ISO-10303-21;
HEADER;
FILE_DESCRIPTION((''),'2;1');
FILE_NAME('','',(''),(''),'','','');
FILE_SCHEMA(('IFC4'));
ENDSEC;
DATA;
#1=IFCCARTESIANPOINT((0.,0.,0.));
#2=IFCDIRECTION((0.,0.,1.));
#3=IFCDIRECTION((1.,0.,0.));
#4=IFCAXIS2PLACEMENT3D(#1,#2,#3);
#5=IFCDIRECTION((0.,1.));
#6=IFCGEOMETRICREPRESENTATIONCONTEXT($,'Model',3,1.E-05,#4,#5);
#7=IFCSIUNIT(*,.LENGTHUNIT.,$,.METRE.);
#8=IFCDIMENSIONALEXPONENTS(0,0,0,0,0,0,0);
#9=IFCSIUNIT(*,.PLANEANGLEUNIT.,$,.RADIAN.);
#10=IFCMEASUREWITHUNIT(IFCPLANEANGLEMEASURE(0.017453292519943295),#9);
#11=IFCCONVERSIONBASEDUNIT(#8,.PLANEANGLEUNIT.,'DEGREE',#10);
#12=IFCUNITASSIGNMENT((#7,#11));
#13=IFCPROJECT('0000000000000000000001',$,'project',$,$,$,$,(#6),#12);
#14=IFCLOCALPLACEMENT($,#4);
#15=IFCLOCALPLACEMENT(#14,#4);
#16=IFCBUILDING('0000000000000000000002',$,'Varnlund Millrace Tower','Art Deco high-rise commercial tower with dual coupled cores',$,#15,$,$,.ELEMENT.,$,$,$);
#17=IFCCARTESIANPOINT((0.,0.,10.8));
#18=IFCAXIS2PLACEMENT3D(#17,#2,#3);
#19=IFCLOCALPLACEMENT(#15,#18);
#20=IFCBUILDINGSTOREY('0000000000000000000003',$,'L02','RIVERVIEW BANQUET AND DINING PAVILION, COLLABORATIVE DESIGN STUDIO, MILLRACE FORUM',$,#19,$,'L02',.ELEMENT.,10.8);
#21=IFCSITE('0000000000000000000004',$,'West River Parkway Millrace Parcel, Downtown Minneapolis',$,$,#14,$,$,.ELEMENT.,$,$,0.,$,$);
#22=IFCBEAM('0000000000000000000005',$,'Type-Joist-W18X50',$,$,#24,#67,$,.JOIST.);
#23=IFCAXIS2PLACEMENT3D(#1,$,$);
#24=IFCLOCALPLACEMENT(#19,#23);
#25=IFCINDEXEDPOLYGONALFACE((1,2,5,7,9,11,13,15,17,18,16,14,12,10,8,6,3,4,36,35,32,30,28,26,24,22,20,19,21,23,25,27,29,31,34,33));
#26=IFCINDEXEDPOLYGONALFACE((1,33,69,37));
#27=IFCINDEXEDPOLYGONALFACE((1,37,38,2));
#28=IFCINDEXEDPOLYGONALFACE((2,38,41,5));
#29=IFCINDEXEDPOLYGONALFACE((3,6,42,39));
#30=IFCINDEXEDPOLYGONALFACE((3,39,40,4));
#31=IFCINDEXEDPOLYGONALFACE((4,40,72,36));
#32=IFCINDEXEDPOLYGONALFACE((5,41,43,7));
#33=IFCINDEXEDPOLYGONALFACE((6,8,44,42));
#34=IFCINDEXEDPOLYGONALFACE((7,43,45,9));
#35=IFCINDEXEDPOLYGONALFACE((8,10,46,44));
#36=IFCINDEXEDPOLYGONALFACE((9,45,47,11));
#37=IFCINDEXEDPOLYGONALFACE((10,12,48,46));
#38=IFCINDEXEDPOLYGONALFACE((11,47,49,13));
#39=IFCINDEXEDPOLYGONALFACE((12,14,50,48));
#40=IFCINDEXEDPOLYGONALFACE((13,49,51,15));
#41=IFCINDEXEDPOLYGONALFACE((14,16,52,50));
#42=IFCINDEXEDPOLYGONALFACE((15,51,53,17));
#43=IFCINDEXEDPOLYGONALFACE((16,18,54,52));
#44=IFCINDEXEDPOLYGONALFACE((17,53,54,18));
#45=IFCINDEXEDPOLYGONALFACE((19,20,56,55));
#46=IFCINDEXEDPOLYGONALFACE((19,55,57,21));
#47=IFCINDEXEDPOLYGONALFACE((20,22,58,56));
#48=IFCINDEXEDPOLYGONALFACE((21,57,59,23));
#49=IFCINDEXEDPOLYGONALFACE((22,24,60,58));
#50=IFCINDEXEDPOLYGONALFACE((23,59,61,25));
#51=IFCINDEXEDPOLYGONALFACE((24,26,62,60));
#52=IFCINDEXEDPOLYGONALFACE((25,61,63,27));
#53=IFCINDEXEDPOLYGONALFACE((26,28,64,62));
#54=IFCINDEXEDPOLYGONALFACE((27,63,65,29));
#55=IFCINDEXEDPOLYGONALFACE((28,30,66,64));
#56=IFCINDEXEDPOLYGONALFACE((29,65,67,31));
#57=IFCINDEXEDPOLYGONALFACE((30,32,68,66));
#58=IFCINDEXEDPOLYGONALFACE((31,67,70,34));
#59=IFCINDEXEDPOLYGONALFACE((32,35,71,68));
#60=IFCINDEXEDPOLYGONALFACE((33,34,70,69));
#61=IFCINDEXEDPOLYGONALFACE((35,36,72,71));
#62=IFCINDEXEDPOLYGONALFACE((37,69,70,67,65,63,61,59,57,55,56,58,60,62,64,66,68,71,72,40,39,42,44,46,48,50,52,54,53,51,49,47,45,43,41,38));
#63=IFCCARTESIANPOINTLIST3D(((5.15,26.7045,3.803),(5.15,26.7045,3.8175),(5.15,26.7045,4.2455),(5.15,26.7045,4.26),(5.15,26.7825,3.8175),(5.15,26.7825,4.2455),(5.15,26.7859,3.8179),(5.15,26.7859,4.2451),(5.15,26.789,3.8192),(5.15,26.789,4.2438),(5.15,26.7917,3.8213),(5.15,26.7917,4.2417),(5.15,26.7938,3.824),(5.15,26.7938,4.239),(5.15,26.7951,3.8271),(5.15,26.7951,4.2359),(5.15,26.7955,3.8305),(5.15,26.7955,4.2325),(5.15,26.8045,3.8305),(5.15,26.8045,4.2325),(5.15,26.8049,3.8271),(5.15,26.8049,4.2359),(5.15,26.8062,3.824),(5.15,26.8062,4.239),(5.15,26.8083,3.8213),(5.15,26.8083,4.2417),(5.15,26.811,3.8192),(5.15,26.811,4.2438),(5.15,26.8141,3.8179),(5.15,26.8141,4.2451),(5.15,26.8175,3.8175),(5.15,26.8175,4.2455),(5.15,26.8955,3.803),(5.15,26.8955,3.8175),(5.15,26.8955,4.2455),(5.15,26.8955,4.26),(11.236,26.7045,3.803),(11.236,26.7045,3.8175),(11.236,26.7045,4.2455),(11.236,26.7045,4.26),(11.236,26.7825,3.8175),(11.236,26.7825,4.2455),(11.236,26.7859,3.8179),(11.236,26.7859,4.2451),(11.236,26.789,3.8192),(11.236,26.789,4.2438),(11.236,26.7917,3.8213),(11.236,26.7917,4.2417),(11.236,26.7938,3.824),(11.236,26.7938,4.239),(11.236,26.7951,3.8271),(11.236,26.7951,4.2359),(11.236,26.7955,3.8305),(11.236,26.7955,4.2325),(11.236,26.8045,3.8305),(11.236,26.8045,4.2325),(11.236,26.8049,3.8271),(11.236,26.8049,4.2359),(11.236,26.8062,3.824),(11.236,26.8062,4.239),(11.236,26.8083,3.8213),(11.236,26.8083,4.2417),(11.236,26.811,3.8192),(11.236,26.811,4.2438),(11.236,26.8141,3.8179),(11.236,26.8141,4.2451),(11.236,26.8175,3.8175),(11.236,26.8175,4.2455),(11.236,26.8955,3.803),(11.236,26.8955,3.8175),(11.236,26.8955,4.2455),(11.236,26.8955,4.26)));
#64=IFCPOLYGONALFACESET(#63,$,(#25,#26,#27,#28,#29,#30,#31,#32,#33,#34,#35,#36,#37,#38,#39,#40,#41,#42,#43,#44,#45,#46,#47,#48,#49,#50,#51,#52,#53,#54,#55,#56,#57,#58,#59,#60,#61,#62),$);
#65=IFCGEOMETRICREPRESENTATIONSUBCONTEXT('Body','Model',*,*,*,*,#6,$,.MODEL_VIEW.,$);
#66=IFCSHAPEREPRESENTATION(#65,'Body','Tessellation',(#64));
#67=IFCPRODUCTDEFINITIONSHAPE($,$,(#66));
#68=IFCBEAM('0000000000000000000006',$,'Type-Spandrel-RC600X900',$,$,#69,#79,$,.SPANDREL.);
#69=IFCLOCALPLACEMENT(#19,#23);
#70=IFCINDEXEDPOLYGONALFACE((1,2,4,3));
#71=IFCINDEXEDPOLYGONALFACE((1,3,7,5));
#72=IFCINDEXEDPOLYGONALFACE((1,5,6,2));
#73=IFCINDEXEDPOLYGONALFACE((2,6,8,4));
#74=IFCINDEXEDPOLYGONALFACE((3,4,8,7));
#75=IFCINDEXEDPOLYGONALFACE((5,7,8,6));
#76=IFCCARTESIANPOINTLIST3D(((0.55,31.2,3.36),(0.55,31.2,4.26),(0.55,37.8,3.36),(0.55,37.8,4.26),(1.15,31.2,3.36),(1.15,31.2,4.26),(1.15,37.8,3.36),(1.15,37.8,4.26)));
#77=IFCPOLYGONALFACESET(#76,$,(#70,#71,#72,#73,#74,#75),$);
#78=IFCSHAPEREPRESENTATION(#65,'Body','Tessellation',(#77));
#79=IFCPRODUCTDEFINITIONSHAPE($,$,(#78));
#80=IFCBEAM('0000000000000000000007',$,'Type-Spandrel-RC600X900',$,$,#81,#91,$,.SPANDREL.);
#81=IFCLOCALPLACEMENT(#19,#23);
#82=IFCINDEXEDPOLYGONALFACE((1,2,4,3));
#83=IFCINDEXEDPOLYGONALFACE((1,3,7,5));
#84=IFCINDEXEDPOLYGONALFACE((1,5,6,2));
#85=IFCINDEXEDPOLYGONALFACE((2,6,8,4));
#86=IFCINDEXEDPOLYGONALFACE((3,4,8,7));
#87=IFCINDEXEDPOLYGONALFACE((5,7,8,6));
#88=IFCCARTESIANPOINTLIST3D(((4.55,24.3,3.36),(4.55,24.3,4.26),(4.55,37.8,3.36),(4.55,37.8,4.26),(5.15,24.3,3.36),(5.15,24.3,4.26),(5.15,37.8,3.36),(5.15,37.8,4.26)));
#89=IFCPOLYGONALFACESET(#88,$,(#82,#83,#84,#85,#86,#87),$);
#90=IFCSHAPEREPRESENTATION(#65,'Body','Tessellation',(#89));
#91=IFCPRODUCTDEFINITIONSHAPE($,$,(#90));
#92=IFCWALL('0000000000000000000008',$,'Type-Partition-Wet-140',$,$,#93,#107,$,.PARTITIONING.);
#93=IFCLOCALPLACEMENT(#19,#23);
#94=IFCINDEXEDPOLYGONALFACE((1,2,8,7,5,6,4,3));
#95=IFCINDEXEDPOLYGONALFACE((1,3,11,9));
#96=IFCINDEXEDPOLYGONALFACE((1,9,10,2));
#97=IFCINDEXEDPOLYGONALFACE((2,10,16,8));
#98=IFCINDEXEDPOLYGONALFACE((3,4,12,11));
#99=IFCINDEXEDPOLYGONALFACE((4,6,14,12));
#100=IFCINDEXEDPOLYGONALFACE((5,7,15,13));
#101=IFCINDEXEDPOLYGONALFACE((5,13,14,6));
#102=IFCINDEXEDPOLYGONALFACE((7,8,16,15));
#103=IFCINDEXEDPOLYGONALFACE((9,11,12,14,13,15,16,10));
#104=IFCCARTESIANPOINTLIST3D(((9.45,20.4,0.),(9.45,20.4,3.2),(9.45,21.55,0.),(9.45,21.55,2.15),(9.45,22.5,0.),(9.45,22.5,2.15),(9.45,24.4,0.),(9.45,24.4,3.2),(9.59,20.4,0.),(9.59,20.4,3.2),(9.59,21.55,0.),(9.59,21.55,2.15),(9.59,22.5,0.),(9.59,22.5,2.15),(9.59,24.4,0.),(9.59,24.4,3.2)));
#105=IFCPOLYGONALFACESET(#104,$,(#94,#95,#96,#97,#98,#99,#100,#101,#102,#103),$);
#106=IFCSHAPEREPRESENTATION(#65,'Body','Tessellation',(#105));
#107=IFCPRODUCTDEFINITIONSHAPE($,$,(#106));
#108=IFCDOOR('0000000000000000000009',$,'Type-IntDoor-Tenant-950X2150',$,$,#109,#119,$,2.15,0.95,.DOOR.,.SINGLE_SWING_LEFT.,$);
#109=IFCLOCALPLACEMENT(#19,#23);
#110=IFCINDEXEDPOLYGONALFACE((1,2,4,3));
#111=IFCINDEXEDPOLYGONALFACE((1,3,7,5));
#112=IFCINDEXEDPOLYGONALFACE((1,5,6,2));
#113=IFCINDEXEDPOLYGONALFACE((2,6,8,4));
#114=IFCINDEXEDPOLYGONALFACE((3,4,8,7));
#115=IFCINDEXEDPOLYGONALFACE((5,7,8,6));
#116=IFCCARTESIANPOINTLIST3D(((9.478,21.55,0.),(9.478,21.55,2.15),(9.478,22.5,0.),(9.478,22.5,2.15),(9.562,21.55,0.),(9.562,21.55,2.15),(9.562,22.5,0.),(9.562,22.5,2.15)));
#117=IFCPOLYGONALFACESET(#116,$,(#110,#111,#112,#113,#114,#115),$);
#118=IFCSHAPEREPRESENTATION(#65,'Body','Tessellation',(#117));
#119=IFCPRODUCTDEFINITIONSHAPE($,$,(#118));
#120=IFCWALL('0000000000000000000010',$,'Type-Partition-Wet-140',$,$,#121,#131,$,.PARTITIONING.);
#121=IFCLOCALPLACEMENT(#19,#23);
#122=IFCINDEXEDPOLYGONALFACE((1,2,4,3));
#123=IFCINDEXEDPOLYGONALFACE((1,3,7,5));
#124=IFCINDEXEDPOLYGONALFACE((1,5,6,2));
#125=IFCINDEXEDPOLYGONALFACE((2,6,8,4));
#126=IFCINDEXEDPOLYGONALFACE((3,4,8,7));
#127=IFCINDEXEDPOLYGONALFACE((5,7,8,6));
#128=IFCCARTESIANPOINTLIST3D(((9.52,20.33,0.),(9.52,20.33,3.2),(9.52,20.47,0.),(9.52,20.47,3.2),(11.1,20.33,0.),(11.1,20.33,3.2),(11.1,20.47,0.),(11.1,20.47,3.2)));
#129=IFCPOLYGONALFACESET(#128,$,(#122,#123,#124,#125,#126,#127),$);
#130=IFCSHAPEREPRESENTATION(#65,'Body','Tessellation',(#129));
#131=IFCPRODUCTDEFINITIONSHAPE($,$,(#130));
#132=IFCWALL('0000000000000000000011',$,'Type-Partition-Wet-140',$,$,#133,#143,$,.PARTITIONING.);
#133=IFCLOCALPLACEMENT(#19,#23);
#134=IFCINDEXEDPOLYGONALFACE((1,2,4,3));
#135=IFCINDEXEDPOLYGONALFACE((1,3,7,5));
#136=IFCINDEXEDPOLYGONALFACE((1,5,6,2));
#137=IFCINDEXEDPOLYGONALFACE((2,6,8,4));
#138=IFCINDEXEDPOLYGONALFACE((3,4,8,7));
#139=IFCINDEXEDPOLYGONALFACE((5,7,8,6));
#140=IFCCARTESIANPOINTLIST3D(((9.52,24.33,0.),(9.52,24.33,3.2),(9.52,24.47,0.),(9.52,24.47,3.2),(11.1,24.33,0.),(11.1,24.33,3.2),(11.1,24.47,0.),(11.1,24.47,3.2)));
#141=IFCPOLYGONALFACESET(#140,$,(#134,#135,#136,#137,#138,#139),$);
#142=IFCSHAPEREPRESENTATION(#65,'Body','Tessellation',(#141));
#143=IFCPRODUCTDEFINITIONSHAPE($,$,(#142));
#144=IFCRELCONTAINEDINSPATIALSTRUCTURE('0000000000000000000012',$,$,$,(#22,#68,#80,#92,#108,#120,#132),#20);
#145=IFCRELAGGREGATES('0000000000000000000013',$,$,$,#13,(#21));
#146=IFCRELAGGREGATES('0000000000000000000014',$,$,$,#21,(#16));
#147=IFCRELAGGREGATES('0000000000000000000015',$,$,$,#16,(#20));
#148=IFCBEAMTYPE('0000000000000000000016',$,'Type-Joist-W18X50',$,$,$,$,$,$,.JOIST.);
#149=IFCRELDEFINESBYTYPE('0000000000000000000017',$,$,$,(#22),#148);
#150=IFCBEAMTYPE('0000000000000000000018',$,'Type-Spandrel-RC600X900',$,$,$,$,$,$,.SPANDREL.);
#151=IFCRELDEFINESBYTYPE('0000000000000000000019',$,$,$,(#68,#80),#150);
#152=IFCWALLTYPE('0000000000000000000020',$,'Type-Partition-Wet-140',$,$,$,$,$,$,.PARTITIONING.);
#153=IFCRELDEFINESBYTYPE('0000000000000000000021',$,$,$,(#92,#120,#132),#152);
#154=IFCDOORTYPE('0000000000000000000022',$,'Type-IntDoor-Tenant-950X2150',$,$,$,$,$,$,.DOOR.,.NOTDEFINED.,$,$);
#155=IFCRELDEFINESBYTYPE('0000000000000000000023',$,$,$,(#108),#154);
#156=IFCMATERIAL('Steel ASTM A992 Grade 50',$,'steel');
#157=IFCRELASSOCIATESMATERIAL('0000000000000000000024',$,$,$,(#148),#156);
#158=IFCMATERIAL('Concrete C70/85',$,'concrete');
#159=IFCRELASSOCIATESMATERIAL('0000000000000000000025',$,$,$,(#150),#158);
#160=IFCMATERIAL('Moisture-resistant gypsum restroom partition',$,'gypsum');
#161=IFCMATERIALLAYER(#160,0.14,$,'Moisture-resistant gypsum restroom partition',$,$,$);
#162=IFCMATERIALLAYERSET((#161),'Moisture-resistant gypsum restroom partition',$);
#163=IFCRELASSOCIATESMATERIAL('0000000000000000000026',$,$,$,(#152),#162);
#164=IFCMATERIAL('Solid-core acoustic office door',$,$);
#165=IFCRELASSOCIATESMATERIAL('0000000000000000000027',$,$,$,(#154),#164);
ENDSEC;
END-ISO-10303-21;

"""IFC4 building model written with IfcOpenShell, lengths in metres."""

from ifc_helpers import new_model, entity, si_unit, converted_unit, direction, frame, origin_with_axes, origin_2d_with_axis, place, context, subcontext, project, spatial, polyline, rectangle, i_section, outline, extrude, material, layer, layer_set, material_profile, profile_set, type_object, element, fill, save


model = new_model("IFC4")

# Units and contexts
model_context = context("Model", 3, precision=1e-05, world=origin_with_axes(), true_north=direction((0.0, 1.0)))
body_context = subcontext(model_context, "Body", "Model", "MODEL_VIEW")
ifc_project = project(units=[si_unit("LENGTHUNIT", "METRE"), converted_unit("PLANEANGLEUNIT", "DEGREE", entity("IfcPlaneAngleMeasure", 0.017453292519943295), si_unit("PLANEANGLEUNIT", "RADIAN"), dimensions=[0, 0, 0, 0, 0, 0, 0])], contexts=[model_context])

# Site, building, storey
site_placement = place(None, origin_with_axes())
site = spatial("IfcSite", under=ifc_project, at=site_placement, Name="West River Parkway Millrace Parcel, Downtown Minneapolis", CompositionType="ELEMENT", RefElevation=0.0)
building_placement = place(site_placement, origin_with_axes())
building = spatial("IfcBuilding", under=site, at=building_placement, Name="Varnlund Millrace Tower", Description="Art Deco high-rise commercial tower with dual coupled cores", CompositionType="ELEMENT")
storey_placement = place(building_placement, frame((0.0, 0.0, 10.8), z_axis=(0.0, 0.0, 1.0), x_axis=(1.0, 0.0, 0.0)))
storey = spatial("IfcBuildingStorey", under=building, at=storey_placement, Name="L02", Description="RIVERVIEW BANQUET AND DINING PAVILION, COLLABORATIVE DESIGN STUDIO, MILLRACE FORUM", LongName="L02", CompositionType="ELEMENT", Elevation=10.8)

# Beams
ifc_material_1 = material(Name="Steel ASTM A992 Grade 50", Category="steel")
ifc_material_profile_1 = material_profile(ifc_material_1, i_section(OverallWidth=0.191, OverallDepth=0.457, WebThickness=0.009, FlangeThickness=0.0145, FilletRadius=0.013, at=origin_2d_with_axis()), Name="Steel ASTM A992 Grade 50")
ifc_profile_set_1 = profile_set([ifc_material_profile_1], Name="Steel ASTM A992 Grade 50")
beam_type_1 = type_object("IfcBeamType", Name="Type-Joist-W18X50", PredefinedType="JOIST", material=ifc_profile_set_1)
for number, where, z_axis, x_axis, name in (
    (1, (5.15, 26.8, 4.0315), (1.0, 0.0, 0.0), (0.0, 1.0, 0.0), "Type-Joist-W18X50"),
):
    element("IfcBeam", number, at=place(storey_placement, frame(where, z_axis=z_axis, x_axis=x_axis)), inside=storey, type_object=beam_type_1, Name=name, PredefinedType="JOIST", context=body_context, shape_type="SweptSolid", body=[
        extrude(i_section(OverallWidth=0.191, OverallDepth=0.457, WebThickness=0.009, FlangeThickness=0.0145, FilletRadius=0.013, at=origin_2d_with_axis()), origin_with_axes(), (0.0, 0.0, 1.0), 6.086),
    ])
ifc_material_2 = material(Name="Concrete C70/85", Category="concrete")
ifc_material_profile_2 = material_profile(ifc_material_2, rectangle(XDim=0.6, YDim=0.9, at=origin_2d_with_axis()), Name="Concrete C70/85")
ifc_profile_set_2 = profile_set([ifc_material_profile_2], Name="Concrete C70/85")
beam_type_2 = type_object("IfcBeamType", Name="Type-Spandrel-RC600X900", PredefinedType="SPANDREL", material=ifc_profile_set_2)
beam_1_placement = place(storey_placement, frame((0.85, 31.2, 3.81), z_axis=(0.0, 1.0, 0.0), x_axis=(-1.0, 0.0, 0.0)))
element("IfcBeam", 2, at=beam_1_placement, inside=storey, type_object=beam_type_2, Name="Type-Spandrel-RC600X900", PredefinedType="SPANDREL", context=body_context, shape_type="SweptSolid", body=[
    extrude(rectangle(XDim=0.6, YDim=0.9, at=origin_2d_with_axis()), origin_with_axes(), (0.0, 0.0, 1.0), 6.6),
])
beam_2_placement = place(storey_placement, frame((4.85, 24.3, 3.81), z_axis=(0.0, 1.0, 0.0), x_axis=(-1.0, 0.0, 0.0)))
element("IfcBeam", 3, at=beam_2_placement, inside=storey, type_object=beam_type_2, Name="Type-Spandrel-RC600X900", PredefinedType="SPANDREL", context=body_context, shape_type="SweptSolid", body=[
    extrude(rectangle(XDim=0.6, YDim=0.9, at=origin_2d_with_axis()), origin_with_axes(), (0.0, 0.0, 1.0), 13.5),
])

# Wall, opening, door
ifc_material_3 = material(Name="Moisture-resistant gypsum restroom partition", Category="gypsum")
ifc_layer = layer(ifc_material_3, 0.14, Name="Moisture-resistant gypsum restroom partition")
ifc_layer_set = layer_set([ifc_layer], Name="Moisture-resistant gypsum restroom partition")
wall_type = type_object("IfcWallType", Name="Type-Partition-Wet-140", PredefinedType="PARTITIONING", material=ifc_layer_set)
wall_placement = place(storey_placement, frame((9.52, 20.4, 0.0), z_axis=(0.0, 0.0, 1.0), x_axis=(0.0, 1.0, 0.0)))
wall = element("IfcWall", 4, at=wall_placement, inside=storey, type_object=wall_type, Name="Type-Partition-Wet-140", PredefinedType="PARTITIONING", context=body_context, shape_type="SweptSolid", body=[
    extrude(outline(polyline([(0.0, -0.07), (4.0, -0.07), (4.0, 0.07), (0.0, 0.07), (0.0, -0.07)])), origin_with_axes(), (0.0, 0.0, 1.0), 3.2),
])
opening_placement = place(wall_placement, frame((1.625, 0.0, 0.0), z_axis=(0.0, 0.0, 1.0), x_axis=(1.0, 0.0, 0.0)))
opening = element("IfcOpeningElement", 5, at=opening_placement, cuts=wall, PredefinedType="OPENING", context=body_context, shape_type="SweptSolid", body=[
    extrude(rectangle(XDim=0.95, YDim=0.16, at=origin_2d_with_axis()), origin_with_axes(), (0.0, 0.0, 1.0), 2.15),
])
ifc_material_4 = material(Name="Solid-core acoustic office door")
door_type = type_object("IfcDoorType", Name="Type-IntDoor-Tenant-950X2150", OperationType="NOTDEFINED", PredefinedType="DOOR", material=ifc_material_4)
door_placement = place(wall_placement, frame((1.625, 0.0, 0.0), z_axis=(0.0, 0.0, 1.0), x_axis=(1.0, 0.0, 0.0)))
door = element("IfcDoor", 6, at=door_placement, inside=storey, type_object=door_type, Name="Type-IntDoor-Tenant-950X2150", OperationType="SINGLE_SWING_LEFT", OverallHeight=2.15, OverallWidth=0.95, PredefinedType="DOOR", context=body_context, shape_type="SweptSolid", body=[
    extrude(rectangle(XDim=0.95, YDim=0.084, at=origin_2d_with_axis()), origin_with_axes(), (0.0, 0.0, 1.0), 2.15),
])
fill(opening, door)

# Walls
for number, where, z_axis, x_axis, name in (
    (7, (9.52, 20.4, 0.0), (0.0, 0.0, 1.0), (1.0, 0.0, 0.0), "Type-Partition-Wet-140"),
    (8, (9.52, 24.4, 0.0), (0.0, 0.0, 1.0), (1.0, 0.0, 0.0), "Type-Partition-Wet-140"),
):
    element("IfcWall", number, at=place(storey_placement, frame(where, z_axis=z_axis, x_axis=x_axis)), inside=storey, type_object=wall_type, Name=name, PredefinedType="PARTITIONING", context=body_context, shape_type="SweptSolid", body=[
        extrude(outline(polyline([(0.0, -0.07), (1.58, -0.07), (1.58, 0.07), (0.0, 0.07), (0.0, -0.07)])), origin_with_axes(), (0.0, 0.0, 1.0), 3.2),
    ])

save(model, "model.ifc")
